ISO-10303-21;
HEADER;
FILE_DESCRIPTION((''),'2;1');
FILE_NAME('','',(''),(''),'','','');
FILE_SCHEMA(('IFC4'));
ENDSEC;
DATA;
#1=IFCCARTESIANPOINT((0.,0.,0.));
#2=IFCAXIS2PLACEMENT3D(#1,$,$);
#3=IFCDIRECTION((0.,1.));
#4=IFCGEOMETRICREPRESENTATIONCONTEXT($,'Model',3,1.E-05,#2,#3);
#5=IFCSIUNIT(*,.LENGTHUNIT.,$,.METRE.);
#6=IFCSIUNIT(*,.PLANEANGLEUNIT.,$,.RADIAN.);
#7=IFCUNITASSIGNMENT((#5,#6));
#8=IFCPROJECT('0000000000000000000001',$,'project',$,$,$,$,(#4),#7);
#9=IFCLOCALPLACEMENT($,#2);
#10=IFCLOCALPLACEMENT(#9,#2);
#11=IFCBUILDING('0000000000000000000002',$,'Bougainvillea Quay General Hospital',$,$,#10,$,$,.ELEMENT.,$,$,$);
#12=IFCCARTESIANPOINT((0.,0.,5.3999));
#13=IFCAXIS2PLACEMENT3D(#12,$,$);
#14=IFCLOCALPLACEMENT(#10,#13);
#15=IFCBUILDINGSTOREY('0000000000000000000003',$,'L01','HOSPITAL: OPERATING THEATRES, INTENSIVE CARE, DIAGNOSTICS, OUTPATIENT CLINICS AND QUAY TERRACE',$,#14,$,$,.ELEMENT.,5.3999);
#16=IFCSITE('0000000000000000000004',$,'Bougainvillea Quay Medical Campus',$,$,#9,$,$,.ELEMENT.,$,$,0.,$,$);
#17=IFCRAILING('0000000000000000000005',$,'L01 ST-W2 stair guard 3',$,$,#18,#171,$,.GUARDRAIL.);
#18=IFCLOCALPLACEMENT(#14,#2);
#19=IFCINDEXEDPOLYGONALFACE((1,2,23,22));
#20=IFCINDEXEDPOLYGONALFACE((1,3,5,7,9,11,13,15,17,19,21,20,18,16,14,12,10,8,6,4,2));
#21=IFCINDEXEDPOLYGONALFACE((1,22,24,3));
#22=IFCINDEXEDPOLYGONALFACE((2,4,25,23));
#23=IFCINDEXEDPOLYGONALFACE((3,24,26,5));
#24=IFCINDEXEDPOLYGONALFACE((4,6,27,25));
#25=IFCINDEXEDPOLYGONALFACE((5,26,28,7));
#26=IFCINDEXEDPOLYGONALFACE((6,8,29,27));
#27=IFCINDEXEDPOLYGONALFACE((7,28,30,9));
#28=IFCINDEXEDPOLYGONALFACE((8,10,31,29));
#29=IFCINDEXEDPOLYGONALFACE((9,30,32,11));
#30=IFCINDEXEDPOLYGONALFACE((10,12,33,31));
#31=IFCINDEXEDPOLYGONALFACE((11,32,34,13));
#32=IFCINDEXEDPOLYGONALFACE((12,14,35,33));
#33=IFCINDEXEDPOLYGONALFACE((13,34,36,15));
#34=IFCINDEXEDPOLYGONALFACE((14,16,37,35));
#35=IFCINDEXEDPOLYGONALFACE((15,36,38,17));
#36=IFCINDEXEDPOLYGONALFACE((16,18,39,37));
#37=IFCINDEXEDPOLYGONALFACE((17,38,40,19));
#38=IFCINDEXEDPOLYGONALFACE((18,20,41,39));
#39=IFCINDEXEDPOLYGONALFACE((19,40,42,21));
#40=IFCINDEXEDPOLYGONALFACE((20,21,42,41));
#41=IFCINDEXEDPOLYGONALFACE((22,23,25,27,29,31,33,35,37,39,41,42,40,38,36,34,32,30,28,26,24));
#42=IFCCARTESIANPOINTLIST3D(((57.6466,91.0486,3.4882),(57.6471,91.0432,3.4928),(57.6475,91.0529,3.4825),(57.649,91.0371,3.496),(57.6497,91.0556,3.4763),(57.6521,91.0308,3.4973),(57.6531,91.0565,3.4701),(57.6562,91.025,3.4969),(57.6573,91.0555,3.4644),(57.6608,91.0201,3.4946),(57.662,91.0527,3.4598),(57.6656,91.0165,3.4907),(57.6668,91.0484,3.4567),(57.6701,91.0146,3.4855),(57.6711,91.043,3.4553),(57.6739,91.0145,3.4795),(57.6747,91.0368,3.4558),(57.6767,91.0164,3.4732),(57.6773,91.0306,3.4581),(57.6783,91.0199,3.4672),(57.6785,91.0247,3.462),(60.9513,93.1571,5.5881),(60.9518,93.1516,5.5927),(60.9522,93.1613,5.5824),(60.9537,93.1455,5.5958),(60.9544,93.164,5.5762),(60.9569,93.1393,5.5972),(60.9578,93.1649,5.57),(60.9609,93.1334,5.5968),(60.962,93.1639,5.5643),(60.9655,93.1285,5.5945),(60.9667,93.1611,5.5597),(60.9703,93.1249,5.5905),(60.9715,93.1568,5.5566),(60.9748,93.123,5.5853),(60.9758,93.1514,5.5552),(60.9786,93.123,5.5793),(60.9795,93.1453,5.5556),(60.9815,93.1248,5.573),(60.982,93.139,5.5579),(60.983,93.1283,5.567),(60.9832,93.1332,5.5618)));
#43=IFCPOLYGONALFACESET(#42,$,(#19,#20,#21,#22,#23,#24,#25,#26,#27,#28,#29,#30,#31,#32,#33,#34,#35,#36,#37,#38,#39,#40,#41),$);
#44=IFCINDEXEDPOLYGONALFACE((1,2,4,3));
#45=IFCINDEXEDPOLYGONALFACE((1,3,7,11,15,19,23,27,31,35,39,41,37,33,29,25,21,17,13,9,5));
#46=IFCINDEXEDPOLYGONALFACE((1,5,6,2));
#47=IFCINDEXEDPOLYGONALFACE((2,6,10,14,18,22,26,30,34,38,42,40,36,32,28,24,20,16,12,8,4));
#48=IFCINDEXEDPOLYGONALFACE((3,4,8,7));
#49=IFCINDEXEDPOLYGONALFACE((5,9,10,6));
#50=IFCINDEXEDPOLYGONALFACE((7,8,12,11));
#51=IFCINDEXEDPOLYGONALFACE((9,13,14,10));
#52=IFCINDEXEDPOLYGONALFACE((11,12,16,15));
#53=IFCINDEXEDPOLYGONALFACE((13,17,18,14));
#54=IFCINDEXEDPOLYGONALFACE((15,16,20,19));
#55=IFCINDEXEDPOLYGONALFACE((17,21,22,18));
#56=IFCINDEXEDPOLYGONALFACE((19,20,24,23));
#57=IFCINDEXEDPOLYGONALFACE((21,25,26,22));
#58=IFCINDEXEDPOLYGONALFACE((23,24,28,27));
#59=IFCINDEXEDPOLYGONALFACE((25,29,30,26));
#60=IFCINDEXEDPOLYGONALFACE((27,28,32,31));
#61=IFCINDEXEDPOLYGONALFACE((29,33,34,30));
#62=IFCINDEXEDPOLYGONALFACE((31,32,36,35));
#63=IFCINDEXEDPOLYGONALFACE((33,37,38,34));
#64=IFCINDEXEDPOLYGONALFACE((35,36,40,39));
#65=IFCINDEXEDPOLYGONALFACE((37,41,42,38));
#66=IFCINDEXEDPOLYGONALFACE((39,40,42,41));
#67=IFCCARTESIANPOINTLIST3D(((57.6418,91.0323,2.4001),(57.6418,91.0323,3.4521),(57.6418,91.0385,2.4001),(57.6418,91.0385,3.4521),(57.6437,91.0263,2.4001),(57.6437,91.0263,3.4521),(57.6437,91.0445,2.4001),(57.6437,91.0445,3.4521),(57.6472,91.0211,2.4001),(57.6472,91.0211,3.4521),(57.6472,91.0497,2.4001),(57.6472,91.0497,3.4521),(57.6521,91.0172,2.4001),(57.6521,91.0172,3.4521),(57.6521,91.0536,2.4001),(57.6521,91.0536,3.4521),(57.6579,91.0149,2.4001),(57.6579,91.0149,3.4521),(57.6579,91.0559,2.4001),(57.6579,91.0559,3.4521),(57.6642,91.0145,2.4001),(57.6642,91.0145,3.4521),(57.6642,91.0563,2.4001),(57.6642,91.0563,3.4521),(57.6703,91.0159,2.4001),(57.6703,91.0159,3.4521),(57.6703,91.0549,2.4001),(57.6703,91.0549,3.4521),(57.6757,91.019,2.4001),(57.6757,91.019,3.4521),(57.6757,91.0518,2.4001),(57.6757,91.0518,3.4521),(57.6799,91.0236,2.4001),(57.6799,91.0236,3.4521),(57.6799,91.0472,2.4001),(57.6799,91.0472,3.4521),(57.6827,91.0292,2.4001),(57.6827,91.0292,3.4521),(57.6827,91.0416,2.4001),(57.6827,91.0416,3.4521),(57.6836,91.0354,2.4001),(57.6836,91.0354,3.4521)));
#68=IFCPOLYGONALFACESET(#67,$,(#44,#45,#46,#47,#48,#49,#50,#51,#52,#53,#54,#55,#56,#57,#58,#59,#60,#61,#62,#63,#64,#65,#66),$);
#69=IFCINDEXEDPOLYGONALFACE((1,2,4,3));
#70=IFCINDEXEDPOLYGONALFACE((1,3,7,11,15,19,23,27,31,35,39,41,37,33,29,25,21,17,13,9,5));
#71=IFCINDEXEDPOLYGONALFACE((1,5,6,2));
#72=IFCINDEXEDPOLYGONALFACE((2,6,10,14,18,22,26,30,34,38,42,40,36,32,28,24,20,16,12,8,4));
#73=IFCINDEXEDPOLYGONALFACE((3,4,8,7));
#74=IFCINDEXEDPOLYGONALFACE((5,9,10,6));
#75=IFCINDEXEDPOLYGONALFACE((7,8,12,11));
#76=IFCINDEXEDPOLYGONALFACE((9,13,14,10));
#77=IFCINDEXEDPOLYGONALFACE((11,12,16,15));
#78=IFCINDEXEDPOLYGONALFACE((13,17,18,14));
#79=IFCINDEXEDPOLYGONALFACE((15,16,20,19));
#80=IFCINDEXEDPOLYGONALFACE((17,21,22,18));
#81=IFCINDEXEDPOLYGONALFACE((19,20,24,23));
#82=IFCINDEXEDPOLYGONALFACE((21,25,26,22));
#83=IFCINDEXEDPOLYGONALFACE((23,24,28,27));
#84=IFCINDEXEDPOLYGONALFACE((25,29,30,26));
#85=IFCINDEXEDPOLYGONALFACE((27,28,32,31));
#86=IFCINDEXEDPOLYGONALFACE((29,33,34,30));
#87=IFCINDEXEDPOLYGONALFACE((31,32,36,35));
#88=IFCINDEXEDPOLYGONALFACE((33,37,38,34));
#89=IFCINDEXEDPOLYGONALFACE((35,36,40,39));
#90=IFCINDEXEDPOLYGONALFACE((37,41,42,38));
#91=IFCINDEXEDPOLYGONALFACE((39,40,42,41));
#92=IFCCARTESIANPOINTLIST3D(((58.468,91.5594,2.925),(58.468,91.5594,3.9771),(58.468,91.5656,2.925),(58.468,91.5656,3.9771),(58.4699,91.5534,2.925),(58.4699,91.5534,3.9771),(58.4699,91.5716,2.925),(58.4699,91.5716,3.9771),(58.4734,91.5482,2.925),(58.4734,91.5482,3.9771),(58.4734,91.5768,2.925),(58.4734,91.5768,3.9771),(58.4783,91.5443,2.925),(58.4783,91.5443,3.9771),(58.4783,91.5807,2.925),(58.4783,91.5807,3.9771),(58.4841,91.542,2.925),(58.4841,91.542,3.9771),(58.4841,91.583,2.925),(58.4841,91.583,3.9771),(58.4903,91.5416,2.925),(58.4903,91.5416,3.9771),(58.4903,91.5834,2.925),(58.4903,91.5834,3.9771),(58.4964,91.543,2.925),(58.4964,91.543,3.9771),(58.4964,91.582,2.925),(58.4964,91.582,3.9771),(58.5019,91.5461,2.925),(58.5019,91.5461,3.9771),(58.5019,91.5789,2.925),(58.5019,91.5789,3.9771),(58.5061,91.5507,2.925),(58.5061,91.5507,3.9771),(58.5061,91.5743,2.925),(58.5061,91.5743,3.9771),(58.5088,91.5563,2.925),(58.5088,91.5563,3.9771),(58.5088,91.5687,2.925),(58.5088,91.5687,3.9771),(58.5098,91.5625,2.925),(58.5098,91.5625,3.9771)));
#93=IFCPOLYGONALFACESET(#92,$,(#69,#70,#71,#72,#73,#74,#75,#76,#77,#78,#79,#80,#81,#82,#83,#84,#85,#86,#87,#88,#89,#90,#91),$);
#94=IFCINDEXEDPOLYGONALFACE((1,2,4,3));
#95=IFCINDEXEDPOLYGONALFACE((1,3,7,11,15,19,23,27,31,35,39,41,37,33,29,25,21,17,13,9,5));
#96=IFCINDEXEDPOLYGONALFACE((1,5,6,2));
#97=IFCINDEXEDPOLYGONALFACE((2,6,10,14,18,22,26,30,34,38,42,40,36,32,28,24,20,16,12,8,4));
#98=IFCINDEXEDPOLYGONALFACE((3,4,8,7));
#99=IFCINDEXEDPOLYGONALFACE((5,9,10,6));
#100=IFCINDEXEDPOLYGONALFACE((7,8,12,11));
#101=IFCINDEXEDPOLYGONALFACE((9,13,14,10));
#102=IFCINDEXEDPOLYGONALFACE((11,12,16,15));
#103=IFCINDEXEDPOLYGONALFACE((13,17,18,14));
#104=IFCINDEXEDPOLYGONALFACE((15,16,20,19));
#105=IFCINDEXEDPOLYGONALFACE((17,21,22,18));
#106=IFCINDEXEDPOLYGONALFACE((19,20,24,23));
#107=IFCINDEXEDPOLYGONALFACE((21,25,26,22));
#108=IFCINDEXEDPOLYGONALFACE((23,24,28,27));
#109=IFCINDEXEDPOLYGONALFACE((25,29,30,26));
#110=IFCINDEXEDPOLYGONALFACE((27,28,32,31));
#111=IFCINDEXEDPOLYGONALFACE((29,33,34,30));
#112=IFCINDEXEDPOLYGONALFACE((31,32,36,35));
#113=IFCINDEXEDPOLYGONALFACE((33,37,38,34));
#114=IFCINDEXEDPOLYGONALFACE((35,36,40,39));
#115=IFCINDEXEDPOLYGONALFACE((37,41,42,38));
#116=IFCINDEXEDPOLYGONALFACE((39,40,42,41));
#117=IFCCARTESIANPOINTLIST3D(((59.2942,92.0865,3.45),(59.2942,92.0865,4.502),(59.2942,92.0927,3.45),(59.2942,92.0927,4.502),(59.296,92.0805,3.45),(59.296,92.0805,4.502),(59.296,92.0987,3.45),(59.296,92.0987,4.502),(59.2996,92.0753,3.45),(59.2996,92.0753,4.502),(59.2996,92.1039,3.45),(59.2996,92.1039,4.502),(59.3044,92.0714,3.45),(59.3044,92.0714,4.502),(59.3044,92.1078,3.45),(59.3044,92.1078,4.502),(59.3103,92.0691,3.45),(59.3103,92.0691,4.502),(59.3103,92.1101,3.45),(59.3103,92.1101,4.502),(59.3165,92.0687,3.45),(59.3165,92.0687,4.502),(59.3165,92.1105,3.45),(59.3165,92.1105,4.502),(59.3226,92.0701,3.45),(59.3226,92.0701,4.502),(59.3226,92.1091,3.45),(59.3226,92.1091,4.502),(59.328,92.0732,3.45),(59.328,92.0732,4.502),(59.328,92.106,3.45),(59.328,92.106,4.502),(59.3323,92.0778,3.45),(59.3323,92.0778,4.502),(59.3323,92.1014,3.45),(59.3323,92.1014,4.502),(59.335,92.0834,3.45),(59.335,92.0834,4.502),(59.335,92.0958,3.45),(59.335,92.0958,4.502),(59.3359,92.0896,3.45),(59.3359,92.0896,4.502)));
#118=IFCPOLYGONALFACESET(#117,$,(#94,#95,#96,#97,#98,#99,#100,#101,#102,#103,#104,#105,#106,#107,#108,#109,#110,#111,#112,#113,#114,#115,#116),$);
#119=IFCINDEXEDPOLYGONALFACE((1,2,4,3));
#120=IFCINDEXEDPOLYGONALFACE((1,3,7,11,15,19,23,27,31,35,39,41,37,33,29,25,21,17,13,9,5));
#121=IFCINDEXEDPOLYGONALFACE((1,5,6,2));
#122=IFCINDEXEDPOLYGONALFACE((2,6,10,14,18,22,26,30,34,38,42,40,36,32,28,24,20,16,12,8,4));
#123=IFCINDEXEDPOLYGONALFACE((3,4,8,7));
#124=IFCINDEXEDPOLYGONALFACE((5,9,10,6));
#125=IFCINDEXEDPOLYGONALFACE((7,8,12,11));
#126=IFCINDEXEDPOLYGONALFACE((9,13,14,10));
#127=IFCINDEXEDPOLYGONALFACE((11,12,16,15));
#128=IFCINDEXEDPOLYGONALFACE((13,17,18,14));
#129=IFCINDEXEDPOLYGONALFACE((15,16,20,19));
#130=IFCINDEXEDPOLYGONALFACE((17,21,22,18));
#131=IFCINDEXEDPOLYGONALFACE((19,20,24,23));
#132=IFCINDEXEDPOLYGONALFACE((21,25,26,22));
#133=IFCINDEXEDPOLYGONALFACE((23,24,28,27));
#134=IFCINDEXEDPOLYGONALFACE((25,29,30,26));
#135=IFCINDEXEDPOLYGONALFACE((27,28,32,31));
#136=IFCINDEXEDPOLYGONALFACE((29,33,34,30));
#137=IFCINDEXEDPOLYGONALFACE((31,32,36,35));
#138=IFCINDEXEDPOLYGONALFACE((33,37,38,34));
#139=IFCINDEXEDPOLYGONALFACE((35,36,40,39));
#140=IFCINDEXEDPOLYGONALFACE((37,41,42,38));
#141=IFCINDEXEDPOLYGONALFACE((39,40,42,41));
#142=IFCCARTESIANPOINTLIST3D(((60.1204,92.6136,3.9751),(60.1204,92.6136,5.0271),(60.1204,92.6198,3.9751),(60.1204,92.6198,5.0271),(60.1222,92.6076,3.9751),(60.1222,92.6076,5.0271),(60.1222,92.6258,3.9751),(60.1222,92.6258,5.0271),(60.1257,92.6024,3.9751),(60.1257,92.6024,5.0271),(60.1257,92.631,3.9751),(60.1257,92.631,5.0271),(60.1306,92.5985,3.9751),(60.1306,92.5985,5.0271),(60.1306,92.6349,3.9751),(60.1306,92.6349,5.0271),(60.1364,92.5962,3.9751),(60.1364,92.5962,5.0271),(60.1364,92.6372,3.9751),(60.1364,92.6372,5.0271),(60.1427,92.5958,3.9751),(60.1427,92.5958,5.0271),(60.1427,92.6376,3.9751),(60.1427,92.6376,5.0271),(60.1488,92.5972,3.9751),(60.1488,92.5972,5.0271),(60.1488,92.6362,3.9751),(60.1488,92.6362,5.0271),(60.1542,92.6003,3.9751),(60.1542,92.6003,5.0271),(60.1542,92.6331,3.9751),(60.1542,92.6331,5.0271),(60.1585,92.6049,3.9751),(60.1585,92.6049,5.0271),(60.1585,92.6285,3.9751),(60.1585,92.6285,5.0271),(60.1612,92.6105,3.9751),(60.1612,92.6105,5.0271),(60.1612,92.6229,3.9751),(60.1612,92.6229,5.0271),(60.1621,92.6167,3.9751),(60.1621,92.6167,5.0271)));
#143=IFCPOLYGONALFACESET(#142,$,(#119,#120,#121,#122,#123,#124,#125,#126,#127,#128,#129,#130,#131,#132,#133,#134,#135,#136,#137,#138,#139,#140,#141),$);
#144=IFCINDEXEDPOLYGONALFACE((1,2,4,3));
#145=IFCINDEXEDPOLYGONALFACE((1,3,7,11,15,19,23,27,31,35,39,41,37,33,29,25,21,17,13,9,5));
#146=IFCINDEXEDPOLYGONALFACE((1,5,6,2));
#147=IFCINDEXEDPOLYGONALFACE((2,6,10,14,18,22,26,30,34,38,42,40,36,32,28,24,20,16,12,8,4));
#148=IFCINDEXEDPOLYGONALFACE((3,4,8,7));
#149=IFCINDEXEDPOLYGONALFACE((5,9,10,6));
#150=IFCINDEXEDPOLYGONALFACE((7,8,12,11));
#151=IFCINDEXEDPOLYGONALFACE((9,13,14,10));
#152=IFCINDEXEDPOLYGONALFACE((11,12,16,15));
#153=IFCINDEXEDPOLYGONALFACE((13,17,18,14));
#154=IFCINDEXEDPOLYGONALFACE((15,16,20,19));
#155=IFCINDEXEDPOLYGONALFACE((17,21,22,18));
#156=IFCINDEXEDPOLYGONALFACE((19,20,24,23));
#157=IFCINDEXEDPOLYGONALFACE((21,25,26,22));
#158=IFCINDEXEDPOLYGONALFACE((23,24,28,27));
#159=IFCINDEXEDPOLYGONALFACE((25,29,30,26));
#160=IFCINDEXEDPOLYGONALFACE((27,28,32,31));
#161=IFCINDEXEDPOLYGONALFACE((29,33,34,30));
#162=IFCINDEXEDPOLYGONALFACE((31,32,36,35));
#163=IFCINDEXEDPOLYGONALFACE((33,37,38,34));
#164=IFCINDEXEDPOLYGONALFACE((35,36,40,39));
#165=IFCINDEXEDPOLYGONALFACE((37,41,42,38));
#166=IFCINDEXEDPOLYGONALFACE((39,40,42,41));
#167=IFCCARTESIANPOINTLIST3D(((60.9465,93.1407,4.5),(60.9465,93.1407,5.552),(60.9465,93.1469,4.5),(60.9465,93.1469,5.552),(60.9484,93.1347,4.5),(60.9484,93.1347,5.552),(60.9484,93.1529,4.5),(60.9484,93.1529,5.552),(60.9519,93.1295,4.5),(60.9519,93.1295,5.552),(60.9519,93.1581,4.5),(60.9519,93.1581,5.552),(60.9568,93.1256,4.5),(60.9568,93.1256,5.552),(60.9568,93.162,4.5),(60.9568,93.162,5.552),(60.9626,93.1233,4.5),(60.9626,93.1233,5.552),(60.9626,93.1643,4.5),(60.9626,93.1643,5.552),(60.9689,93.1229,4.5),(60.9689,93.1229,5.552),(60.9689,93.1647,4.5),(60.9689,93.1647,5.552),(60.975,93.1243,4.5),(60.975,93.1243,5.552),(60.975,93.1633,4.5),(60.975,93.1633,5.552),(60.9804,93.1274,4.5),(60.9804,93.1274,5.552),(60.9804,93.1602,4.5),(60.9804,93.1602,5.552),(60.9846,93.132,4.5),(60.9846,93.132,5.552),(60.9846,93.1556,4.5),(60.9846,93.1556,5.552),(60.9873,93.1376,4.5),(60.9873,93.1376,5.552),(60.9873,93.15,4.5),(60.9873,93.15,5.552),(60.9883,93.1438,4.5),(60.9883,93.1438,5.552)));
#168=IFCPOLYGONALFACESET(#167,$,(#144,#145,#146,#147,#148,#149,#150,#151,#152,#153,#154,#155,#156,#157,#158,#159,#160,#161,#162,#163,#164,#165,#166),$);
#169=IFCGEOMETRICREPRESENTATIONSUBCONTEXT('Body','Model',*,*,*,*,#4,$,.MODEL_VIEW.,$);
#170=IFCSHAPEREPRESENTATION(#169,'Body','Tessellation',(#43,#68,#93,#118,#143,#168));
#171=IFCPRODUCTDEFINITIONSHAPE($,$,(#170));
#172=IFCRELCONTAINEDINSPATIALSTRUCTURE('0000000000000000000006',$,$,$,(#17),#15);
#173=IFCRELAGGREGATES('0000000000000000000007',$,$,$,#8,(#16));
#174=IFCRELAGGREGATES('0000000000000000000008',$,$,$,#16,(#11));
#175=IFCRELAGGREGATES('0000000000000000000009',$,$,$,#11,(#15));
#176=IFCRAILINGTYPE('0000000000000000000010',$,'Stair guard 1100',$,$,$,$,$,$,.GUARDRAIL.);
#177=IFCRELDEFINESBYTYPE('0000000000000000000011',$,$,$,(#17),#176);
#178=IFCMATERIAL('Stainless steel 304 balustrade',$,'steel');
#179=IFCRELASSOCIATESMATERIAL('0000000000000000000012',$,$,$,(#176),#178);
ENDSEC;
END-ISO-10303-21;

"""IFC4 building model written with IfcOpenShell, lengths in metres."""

from ifc_helpers import new_model, si_unit, direction, frame, origin, origin_2d, place, context, subcontext, project, spatial, circle, extrude, material, type_object, element, save


model = new_model("IFC4")

# Units and contexts
model_context = context("Model", 3, precision=1e-05, world=origin(), true_north=direction((0.0, 1.0)))
body_context = subcontext(model_context, "Body", "Model", "MODEL_VIEW")
ifc_project = project(units=[si_unit("LENGTHUNIT", "METRE"), si_unit("PLANEANGLEUNIT", "RADIAN")], contexts=[model_context])

# Site, building, storey
site_placement = place(None, origin())
site = spatial("IfcSite", under=ifc_project, at=site_placement, Name="Bougainvillea Quay Medical Campus", CompositionType="ELEMENT", RefElevation=0.0)
building_placement = place(site_placement, origin())
building = spatial("IfcBuilding", under=site, at=building_placement, Name="Bougainvillea Quay General Hospital", CompositionType="ELEMENT")
storey_placement = place(building_placement, frame((0.0, 0.0, 5.3999)))
storey = spatial("IfcBuildingStorey", under=building, at=storey_placement, Name="L01", Description="HOSPITAL: OPERATING THEATRES, INTENSIVE CARE, DIAGNOSTICS, OUTPATIENT CLINICS AND QUAY TERRACE", CompositionType="ELEMENT", Elevation=5.3999)

# Railing
ifc_material_1 = material(Name="Stainless steel 304 balustrade", Category="steel")
railing_type_1 = type_object("IfcRailingType", Name="Stair guard 1100", PredefinedType="GUARDRAIL", material=ifc_material_1)
railing_1_placement = place(storey_placement, frame((57.6626, 91.0354, 2.4001)))
element("IfcRailing", 1, at=railing_1_placement, inside=storey, type_object=railing_type_1, Name="L01 ST-W2 stair guard 3", PredefinedType="GUARDRAIL", context=body_context, shape_type="SweptSolid", body=[
    extrude(circle(Radius=0.0239, at=origin_2d()), frame((0.0, 0.0, 1.0762), z_axis=(0.74313, 0.474118, 0.472197), x_axis=(-0.537858, 0.843035, 0.0)), (0.0, 0.0, 1.0), 4.447),
    extrude(circle(Radius=0.021, at=origin_2d()), origin(), (0.0, 0.0, 1.0), 1.052),
    extrude(circle(Radius=0.021, at=origin_2d()), frame((0.8262, 0.5271, 0.5249)), (0.0, 0.0, 1.0), 1.052),
    extrude(circle(Radius=0.021, at=origin_2d()), frame((1.6523, 1.0542, 1.0498)), (0.0, 0.0, 1.0), 1.052),
    extrude(circle(Radius=0.021, at=origin_2d()), frame((2.4785, 1.5813, 1.575)), (0.0, 0.0, 1.0), 1.052),
    extrude(circle(Radius=0.021, at=origin_2d()), frame((3.3047, 2.1084, 2.0999)), (0.0, 0.0, 1.0), 1.052),
])

save(model, "model.ifc")
